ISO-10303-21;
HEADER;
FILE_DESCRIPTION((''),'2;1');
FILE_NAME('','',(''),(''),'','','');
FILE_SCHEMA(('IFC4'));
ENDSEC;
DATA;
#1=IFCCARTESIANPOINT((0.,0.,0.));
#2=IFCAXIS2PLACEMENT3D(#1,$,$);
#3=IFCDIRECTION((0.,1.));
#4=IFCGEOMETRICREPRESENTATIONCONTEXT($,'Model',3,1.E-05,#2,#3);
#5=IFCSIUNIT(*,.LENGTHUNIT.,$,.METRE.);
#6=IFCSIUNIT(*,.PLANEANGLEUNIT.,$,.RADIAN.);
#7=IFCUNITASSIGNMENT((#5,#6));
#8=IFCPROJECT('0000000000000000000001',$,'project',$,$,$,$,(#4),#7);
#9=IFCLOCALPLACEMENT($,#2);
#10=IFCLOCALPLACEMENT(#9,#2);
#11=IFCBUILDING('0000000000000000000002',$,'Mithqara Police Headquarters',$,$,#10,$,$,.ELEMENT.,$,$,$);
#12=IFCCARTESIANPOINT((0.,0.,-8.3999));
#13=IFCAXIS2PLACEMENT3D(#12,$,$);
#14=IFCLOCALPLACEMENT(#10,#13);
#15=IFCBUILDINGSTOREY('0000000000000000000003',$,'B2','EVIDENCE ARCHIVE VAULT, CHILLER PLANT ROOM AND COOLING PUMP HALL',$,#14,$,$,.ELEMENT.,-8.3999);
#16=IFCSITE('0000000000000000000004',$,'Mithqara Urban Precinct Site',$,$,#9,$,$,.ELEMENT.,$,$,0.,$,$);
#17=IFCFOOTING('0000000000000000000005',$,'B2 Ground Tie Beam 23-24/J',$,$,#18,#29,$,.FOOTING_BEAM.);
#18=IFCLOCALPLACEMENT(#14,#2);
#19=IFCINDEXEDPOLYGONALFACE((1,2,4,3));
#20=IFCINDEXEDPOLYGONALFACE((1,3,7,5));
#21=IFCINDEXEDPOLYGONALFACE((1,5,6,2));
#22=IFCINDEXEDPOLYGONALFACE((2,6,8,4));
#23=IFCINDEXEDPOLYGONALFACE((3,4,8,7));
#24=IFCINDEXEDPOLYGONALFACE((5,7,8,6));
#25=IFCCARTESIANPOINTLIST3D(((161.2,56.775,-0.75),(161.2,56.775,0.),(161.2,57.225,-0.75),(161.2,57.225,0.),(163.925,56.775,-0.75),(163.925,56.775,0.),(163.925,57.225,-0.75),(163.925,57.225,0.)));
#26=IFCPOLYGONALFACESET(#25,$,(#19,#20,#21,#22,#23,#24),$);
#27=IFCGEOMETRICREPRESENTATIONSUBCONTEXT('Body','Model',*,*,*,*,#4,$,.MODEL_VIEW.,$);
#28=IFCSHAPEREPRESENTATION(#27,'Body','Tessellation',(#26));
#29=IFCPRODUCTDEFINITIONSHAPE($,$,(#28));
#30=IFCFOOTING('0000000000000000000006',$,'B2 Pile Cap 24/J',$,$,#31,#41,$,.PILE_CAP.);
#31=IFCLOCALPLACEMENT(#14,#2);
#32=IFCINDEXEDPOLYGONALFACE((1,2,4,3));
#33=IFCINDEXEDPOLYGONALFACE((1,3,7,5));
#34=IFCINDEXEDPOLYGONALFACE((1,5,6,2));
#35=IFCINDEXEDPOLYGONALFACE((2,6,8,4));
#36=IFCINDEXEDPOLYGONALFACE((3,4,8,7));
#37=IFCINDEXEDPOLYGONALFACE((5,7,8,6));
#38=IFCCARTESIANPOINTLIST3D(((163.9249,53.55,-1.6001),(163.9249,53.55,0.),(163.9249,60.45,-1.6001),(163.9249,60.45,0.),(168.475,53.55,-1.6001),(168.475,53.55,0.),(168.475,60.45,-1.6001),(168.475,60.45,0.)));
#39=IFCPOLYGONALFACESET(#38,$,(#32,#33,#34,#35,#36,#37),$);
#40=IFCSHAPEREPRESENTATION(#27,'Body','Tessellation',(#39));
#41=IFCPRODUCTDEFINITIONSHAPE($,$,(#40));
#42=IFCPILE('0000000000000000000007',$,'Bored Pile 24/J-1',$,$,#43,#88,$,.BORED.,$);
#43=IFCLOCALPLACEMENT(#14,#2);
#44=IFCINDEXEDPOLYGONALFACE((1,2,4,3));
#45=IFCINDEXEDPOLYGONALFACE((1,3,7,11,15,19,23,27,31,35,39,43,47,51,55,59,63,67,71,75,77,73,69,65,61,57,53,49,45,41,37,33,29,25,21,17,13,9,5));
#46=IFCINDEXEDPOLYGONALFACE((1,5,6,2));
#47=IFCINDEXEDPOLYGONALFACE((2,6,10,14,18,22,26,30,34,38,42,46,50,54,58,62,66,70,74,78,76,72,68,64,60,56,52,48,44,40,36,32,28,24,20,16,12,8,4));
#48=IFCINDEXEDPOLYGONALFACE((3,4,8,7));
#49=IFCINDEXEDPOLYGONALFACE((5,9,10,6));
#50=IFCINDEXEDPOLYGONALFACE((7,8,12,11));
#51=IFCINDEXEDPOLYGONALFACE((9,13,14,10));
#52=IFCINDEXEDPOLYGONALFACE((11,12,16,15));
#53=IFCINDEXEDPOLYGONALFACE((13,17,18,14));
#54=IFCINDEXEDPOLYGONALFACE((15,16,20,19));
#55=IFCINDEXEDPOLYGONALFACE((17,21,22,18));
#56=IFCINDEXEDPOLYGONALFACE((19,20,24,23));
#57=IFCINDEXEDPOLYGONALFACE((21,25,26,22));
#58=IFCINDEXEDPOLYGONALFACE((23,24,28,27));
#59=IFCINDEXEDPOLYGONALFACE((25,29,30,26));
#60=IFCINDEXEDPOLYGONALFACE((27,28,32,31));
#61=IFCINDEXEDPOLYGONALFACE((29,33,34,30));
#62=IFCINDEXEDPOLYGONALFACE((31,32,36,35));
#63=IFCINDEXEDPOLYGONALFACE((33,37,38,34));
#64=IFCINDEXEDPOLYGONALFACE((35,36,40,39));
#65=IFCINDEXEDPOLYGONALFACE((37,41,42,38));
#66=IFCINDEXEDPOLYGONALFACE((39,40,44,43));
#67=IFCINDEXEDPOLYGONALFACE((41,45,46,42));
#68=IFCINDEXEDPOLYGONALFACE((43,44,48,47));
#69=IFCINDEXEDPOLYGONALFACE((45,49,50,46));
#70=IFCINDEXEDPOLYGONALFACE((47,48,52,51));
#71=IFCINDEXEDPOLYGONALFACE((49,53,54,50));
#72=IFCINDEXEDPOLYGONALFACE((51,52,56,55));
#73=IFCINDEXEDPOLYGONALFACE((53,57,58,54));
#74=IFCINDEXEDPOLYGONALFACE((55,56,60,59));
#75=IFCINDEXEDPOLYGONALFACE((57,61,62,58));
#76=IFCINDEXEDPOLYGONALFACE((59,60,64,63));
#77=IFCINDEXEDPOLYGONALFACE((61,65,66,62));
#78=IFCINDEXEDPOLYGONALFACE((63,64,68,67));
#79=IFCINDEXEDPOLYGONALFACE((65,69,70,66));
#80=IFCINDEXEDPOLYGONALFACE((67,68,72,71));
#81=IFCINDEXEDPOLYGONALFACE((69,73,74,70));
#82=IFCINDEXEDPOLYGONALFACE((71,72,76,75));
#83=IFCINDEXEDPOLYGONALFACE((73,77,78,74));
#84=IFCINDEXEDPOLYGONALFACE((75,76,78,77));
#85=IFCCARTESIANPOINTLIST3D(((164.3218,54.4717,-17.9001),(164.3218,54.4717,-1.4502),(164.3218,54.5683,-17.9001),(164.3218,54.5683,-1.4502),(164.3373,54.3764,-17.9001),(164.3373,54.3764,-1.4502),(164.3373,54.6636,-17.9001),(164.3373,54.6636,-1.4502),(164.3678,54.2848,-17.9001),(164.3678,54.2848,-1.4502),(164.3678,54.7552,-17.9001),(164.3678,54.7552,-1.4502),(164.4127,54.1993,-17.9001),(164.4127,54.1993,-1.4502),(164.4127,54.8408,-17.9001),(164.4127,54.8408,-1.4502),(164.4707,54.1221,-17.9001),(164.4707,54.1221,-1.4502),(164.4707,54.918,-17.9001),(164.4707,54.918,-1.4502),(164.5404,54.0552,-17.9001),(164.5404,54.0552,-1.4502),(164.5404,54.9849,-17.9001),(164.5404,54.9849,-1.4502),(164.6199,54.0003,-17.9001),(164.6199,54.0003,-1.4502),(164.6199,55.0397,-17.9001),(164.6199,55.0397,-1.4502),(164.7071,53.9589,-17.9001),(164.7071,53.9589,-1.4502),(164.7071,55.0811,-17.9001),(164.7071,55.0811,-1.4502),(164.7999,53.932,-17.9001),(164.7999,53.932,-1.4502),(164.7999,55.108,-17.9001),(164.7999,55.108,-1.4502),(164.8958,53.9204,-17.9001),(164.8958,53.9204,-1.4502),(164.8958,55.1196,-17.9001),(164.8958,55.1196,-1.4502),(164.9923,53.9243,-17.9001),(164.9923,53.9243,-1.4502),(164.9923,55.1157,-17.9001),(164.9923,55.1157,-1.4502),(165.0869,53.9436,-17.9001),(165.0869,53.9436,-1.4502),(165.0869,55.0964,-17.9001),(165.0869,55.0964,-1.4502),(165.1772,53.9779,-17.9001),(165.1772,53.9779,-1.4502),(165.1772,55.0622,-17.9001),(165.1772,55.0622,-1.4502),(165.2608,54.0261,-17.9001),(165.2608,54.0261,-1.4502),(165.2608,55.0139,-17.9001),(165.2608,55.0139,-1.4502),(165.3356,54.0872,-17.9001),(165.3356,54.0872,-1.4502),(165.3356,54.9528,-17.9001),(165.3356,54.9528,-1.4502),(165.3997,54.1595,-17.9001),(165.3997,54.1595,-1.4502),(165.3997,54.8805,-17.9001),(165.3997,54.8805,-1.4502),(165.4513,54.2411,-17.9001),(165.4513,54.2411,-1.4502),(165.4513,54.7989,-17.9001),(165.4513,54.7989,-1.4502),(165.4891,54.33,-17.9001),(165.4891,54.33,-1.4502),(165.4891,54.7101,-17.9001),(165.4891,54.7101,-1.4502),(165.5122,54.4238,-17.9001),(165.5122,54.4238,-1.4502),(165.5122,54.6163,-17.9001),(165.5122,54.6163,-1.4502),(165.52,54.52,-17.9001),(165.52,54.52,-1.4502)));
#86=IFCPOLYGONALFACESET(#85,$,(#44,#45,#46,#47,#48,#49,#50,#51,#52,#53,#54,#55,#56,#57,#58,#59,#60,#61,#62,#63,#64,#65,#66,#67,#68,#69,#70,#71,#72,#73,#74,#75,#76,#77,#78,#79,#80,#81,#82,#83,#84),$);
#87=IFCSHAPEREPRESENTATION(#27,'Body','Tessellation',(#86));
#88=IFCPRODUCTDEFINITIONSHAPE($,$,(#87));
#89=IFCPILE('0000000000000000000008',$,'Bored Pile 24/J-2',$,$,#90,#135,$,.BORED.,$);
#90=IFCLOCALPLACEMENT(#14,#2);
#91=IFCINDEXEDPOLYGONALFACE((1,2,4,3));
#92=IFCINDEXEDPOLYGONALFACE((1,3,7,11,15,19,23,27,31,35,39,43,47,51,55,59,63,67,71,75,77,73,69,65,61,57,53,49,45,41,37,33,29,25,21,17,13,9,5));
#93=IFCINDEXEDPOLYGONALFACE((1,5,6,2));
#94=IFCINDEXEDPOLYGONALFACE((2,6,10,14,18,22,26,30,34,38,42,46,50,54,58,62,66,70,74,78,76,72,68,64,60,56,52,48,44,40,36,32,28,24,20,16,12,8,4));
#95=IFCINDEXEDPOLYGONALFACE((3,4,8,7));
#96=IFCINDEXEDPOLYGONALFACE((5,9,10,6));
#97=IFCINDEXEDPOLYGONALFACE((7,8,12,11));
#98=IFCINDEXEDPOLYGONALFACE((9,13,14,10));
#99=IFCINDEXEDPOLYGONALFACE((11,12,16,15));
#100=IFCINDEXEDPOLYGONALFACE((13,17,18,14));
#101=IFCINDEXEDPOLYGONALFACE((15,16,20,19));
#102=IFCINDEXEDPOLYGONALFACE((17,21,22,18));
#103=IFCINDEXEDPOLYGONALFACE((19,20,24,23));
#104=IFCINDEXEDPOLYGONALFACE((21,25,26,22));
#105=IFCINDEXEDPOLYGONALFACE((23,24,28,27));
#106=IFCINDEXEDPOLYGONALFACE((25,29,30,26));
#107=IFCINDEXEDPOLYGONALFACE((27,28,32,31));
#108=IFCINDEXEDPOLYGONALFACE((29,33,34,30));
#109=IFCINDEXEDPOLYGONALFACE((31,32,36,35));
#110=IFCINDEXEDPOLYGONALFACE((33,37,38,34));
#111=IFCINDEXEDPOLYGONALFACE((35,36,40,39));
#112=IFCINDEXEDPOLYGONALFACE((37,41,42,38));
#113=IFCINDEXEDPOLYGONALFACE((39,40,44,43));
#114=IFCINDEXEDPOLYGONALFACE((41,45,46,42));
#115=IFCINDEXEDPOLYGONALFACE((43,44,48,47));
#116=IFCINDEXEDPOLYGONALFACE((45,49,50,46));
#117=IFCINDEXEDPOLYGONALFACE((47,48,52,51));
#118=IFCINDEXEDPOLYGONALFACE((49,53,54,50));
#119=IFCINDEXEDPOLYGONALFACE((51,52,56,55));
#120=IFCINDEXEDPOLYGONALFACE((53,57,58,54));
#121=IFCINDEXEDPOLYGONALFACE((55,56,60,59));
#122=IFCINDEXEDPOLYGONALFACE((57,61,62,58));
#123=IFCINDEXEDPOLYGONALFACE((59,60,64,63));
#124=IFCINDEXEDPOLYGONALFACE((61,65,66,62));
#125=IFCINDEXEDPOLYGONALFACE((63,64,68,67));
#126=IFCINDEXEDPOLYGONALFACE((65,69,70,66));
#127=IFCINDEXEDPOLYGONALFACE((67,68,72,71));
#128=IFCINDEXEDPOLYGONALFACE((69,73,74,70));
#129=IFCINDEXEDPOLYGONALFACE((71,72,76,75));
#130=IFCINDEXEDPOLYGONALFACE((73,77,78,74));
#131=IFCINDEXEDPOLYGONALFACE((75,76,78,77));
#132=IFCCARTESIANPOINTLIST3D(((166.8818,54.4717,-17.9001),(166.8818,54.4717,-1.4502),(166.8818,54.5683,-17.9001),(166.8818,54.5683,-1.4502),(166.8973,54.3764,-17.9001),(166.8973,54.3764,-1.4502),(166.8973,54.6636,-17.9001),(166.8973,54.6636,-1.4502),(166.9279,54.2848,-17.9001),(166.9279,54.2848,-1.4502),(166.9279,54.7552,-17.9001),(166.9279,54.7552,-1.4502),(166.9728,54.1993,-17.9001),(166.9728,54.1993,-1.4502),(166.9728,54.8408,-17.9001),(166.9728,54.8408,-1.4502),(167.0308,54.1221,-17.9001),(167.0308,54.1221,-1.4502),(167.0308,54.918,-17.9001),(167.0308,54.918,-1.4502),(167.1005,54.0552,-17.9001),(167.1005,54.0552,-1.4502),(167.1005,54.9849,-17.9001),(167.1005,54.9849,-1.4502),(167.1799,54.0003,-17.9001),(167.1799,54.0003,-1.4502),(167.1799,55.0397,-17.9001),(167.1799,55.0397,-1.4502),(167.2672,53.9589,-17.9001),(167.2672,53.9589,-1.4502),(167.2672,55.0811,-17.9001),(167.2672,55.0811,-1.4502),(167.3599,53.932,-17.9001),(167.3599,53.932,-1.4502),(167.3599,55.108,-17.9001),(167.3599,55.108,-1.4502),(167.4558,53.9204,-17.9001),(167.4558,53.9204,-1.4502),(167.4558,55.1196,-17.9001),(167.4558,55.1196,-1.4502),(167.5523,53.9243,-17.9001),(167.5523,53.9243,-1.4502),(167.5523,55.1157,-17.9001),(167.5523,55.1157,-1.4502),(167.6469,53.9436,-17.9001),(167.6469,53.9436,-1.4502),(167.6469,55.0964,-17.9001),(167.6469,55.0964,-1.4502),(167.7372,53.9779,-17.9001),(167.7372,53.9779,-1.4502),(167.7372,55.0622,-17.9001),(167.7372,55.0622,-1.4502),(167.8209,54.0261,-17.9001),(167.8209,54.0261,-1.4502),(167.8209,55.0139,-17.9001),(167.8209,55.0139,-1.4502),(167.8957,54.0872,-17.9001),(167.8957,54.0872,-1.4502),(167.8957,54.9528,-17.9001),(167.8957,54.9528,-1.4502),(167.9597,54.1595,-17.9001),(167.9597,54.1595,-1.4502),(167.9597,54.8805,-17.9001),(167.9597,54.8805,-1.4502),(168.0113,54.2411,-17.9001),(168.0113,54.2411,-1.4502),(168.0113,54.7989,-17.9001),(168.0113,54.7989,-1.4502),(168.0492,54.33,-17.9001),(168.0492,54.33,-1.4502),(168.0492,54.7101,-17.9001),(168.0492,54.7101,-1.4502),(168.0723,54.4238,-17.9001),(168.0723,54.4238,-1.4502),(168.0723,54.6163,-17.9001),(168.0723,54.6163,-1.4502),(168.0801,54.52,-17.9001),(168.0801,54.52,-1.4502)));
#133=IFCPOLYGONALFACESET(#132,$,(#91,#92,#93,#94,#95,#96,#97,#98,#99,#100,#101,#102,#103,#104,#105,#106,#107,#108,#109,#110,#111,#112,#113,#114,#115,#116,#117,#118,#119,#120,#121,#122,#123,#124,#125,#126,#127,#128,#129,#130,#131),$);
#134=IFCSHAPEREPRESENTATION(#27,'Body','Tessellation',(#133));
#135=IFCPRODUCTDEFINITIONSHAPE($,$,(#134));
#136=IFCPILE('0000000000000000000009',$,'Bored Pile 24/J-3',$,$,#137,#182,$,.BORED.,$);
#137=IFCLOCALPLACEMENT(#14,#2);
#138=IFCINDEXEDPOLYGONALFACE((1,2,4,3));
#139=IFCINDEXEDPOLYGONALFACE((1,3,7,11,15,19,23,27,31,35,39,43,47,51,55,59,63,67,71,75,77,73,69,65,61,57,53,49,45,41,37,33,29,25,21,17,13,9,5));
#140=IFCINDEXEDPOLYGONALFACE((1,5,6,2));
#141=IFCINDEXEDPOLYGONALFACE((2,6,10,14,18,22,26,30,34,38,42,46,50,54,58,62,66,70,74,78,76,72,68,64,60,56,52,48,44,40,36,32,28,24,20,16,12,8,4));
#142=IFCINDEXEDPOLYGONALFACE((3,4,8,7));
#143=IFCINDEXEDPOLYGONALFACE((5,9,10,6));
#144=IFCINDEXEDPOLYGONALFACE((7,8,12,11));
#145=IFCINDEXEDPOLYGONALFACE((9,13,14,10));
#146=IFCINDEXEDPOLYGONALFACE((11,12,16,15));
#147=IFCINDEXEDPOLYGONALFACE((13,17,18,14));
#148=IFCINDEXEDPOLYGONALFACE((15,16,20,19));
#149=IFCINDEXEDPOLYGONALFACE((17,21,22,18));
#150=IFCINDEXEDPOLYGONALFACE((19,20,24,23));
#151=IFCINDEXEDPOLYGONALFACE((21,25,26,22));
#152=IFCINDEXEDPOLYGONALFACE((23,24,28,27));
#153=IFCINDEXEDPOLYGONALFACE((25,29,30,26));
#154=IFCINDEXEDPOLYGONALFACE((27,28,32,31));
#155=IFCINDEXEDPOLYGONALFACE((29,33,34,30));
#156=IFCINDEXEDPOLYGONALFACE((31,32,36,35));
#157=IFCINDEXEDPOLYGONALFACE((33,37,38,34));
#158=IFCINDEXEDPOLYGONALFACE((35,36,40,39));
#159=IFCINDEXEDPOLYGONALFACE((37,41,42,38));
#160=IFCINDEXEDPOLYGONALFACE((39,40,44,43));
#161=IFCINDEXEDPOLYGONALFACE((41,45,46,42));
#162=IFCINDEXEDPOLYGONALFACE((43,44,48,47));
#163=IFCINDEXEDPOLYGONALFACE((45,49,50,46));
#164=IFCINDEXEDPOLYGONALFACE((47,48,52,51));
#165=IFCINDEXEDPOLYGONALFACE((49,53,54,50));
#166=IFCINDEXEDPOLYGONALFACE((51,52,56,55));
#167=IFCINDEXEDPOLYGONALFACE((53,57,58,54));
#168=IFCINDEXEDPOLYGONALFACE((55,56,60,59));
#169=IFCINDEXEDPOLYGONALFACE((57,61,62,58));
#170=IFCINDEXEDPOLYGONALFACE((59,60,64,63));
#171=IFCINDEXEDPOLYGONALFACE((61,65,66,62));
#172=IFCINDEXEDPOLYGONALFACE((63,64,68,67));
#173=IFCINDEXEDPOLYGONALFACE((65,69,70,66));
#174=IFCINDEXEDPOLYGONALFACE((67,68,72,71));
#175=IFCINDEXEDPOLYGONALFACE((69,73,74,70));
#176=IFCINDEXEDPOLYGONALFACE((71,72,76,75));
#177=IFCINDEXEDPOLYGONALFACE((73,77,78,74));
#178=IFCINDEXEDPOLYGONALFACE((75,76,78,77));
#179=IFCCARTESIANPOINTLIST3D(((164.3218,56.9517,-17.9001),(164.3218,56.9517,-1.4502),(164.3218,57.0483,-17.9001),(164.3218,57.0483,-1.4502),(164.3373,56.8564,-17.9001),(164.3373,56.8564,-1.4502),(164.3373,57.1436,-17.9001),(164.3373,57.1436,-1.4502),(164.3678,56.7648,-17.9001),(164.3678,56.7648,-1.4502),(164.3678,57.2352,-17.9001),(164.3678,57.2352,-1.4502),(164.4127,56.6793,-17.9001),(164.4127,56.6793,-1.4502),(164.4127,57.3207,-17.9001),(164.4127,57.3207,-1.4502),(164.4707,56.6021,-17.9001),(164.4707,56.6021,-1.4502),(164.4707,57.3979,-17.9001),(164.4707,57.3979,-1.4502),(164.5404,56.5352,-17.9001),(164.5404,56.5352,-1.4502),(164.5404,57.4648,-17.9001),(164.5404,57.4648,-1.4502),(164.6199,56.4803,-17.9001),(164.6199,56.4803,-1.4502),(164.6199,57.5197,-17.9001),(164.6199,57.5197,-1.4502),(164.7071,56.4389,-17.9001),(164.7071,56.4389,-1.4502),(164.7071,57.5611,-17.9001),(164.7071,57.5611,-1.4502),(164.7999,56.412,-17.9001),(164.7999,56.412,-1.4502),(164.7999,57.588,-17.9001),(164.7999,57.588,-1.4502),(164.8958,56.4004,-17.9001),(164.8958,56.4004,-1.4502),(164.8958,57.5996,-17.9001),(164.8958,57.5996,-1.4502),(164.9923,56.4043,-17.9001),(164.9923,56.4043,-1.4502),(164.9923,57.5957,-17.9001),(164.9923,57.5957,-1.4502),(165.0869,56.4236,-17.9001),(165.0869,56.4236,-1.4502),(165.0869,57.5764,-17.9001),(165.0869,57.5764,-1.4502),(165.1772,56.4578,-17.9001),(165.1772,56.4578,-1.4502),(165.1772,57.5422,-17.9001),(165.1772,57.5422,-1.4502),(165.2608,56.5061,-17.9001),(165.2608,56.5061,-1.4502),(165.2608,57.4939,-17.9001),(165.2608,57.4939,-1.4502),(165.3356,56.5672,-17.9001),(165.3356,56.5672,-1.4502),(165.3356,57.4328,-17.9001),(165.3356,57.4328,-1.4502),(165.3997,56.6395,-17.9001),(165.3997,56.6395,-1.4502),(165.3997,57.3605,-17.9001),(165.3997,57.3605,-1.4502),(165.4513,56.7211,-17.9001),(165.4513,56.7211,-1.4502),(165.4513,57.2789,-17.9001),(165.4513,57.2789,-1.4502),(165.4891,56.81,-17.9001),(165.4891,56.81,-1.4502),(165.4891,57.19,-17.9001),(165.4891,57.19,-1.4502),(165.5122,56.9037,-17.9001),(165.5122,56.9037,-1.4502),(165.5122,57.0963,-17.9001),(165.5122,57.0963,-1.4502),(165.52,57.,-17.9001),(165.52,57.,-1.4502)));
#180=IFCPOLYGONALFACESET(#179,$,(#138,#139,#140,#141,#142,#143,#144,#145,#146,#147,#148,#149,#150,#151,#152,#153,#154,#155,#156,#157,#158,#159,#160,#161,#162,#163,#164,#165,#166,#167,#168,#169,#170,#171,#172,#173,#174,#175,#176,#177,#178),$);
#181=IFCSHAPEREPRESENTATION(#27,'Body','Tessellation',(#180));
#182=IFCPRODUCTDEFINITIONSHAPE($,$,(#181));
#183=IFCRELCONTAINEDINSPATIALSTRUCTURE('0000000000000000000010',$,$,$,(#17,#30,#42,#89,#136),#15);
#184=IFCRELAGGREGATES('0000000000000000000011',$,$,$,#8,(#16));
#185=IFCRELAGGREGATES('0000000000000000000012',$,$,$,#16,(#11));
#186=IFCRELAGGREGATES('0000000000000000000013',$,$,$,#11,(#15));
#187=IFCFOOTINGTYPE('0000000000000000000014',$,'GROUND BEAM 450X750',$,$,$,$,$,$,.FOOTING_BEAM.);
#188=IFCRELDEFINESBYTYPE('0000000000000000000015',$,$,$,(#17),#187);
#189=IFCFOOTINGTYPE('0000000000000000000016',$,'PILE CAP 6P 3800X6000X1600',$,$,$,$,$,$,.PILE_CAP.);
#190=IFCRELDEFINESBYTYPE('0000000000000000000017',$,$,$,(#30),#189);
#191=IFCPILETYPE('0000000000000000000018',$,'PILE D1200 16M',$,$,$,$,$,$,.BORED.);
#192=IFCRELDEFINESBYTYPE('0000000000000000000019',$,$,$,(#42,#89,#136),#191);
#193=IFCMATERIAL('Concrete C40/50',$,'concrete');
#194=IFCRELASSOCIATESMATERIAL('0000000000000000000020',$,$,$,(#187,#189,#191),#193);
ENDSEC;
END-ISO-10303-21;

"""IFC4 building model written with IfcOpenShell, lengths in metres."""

from ifc_helpers import new_model, si_unit, direction, frame, origin, origin_2d, place, context, subcontext, project, spatial, rectangle, circle, extrude, material, material_profile, profile_set, type_object, element, save


model = new_model("IFC4")

# Units and contexts
model_context = context("Model", 3, precision=1e-05, world=origin(), true_north=direction((0.0, 1.0)))
body_context = subcontext(model_context, "Body", "Model", "MODEL_VIEW")
ifc_project = project(units=[si_unit("LENGTHUNIT", "METRE"), si_unit("PLANEANGLEUNIT", "RADIAN")], contexts=[model_context])

# Site, building, storey
site_placement = place(None, origin())
site = spatial("IfcSite", under=ifc_project, at=site_placement, Name="Mithqara Urban Precinct Site", CompositionType="ELEMENT", RefElevation=0.0)
building_placement = place(site_placement, origin())
building = spatial("IfcBuilding", under=site, at=building_placement, Name="Mithqara Police Headquarters", CompositionType="ELEMENT")
storey_placement = place(building_placement, frame((0.0, 0.0, -8.3999)))
storey = spatial("IfcBuildingStorey", under=building, at=storey_placement, Name="B2", Description="EVIDENCE ARCHIVE VAULT, CHILLER PLANT ROOM AND COOLING PUMP HALL", CompositionType="ELEMENT", Elevation=-8.3999)

# Footings
ifc_material_1 = material(Name="Concrete C40/50", Category="concrete")
footing_type_1 = type_object("IfcFootingType", Name="GROUND BEAM 450X750", PredefinedType="FOOTING_BEAM", material=ifc_material_1)
footing_1_placement = place(storey_placement, frame((162.5625, 57.0, -0.75), z_axis=(0.0, 0.0, 1.0), x_axis=(1.0, 0.0, 0.0)))
element("IfcFooting", 1, at=footing_1_placement, inside=storey, type_object=footing_type_1, Name="B2 Ground Tie Beam 23-24/J", PredefinedType="FOOTING_BEAM", context=body_context, shape_type="SweptSolid", body=[
    extrude(rectangle(XDim=2.7251, YDim=0.45, at=origin_2d()), origin(), (0.0, 0.0, 1.0), 0.75),
])
footing_type_2 = type_object("IfcFootingType", Name="PILE CAP 6P 3800X6000X1600", PredefinedType="PILE_CAP", material=ifc_material_1)
footing_2_placement = place(storey_placement, frame((166.2, 57.0, -1.6001), z_axis=(0.0, 0.0, 1.0), x_axis=(1.0, 0.0, 0.0)))
element("IfcFooting", 2, at=footing_2_placement, inside=storey, type_object=footing_type_2, Name="B2 Pile Cap 24/J", PredefinedType="PILE_CAP", context=body_context, shape_type="SweptSolid", body=[
    extrude(rectangle(XDim=4.55, YDim=6.8999, at=origin_2d()), origin(), (0.0, 0.0, 1.0), 1.6001),
])

# Piles
ifc_material_profile_1 = material_profile(ifc_material_1, circle(Radius=0.6001, at=origin_2d()), Name="PILE D1200")
ifc_profile_set_1 = profile_set([ifc_material_profile_1], Name="Concrete C40/50")
pile_type_1 = type_object("IfcPileType", Name="PILE D1200 16M", PredefinedType="BORED", material=ifc_profile_set_1)
for number, where, z_axis, x_axis, name in (
    (3, (164.9199, 54.52, -1.4502), (0.0, 0.0, -1.0), (1.0, 0.0, 0.0), "Bored Pile 24/J-1"),
    (4, (167.48, 54.52, -1.4502), (0.0, 0.0, -1.0), (1.0, 0.0, 0.0), "Bored Pile 24/J-2"),
    (5, (164.9199, 57.0, -1.4502), (0.0, 0.0, -1.0), (1.0, 0.0, 0.0), "Bored Pile 24/J-3"),
):
    element("IfcPile", number, at=place(storey_placement, frame(where, z_axis=z_axis, x_axis=x_axis)), inside=storey, type_object=pile_type_1, Name=name, PredefinedType="BORED", context=body_context, shape_type="SweptSolid", body=[
        extrude(circle(Radius=0.6001, at=origin_2d()), origin(), (0.0, 0.0, 1.0), 16.45),
    ])

save(model, "model.ifc")
